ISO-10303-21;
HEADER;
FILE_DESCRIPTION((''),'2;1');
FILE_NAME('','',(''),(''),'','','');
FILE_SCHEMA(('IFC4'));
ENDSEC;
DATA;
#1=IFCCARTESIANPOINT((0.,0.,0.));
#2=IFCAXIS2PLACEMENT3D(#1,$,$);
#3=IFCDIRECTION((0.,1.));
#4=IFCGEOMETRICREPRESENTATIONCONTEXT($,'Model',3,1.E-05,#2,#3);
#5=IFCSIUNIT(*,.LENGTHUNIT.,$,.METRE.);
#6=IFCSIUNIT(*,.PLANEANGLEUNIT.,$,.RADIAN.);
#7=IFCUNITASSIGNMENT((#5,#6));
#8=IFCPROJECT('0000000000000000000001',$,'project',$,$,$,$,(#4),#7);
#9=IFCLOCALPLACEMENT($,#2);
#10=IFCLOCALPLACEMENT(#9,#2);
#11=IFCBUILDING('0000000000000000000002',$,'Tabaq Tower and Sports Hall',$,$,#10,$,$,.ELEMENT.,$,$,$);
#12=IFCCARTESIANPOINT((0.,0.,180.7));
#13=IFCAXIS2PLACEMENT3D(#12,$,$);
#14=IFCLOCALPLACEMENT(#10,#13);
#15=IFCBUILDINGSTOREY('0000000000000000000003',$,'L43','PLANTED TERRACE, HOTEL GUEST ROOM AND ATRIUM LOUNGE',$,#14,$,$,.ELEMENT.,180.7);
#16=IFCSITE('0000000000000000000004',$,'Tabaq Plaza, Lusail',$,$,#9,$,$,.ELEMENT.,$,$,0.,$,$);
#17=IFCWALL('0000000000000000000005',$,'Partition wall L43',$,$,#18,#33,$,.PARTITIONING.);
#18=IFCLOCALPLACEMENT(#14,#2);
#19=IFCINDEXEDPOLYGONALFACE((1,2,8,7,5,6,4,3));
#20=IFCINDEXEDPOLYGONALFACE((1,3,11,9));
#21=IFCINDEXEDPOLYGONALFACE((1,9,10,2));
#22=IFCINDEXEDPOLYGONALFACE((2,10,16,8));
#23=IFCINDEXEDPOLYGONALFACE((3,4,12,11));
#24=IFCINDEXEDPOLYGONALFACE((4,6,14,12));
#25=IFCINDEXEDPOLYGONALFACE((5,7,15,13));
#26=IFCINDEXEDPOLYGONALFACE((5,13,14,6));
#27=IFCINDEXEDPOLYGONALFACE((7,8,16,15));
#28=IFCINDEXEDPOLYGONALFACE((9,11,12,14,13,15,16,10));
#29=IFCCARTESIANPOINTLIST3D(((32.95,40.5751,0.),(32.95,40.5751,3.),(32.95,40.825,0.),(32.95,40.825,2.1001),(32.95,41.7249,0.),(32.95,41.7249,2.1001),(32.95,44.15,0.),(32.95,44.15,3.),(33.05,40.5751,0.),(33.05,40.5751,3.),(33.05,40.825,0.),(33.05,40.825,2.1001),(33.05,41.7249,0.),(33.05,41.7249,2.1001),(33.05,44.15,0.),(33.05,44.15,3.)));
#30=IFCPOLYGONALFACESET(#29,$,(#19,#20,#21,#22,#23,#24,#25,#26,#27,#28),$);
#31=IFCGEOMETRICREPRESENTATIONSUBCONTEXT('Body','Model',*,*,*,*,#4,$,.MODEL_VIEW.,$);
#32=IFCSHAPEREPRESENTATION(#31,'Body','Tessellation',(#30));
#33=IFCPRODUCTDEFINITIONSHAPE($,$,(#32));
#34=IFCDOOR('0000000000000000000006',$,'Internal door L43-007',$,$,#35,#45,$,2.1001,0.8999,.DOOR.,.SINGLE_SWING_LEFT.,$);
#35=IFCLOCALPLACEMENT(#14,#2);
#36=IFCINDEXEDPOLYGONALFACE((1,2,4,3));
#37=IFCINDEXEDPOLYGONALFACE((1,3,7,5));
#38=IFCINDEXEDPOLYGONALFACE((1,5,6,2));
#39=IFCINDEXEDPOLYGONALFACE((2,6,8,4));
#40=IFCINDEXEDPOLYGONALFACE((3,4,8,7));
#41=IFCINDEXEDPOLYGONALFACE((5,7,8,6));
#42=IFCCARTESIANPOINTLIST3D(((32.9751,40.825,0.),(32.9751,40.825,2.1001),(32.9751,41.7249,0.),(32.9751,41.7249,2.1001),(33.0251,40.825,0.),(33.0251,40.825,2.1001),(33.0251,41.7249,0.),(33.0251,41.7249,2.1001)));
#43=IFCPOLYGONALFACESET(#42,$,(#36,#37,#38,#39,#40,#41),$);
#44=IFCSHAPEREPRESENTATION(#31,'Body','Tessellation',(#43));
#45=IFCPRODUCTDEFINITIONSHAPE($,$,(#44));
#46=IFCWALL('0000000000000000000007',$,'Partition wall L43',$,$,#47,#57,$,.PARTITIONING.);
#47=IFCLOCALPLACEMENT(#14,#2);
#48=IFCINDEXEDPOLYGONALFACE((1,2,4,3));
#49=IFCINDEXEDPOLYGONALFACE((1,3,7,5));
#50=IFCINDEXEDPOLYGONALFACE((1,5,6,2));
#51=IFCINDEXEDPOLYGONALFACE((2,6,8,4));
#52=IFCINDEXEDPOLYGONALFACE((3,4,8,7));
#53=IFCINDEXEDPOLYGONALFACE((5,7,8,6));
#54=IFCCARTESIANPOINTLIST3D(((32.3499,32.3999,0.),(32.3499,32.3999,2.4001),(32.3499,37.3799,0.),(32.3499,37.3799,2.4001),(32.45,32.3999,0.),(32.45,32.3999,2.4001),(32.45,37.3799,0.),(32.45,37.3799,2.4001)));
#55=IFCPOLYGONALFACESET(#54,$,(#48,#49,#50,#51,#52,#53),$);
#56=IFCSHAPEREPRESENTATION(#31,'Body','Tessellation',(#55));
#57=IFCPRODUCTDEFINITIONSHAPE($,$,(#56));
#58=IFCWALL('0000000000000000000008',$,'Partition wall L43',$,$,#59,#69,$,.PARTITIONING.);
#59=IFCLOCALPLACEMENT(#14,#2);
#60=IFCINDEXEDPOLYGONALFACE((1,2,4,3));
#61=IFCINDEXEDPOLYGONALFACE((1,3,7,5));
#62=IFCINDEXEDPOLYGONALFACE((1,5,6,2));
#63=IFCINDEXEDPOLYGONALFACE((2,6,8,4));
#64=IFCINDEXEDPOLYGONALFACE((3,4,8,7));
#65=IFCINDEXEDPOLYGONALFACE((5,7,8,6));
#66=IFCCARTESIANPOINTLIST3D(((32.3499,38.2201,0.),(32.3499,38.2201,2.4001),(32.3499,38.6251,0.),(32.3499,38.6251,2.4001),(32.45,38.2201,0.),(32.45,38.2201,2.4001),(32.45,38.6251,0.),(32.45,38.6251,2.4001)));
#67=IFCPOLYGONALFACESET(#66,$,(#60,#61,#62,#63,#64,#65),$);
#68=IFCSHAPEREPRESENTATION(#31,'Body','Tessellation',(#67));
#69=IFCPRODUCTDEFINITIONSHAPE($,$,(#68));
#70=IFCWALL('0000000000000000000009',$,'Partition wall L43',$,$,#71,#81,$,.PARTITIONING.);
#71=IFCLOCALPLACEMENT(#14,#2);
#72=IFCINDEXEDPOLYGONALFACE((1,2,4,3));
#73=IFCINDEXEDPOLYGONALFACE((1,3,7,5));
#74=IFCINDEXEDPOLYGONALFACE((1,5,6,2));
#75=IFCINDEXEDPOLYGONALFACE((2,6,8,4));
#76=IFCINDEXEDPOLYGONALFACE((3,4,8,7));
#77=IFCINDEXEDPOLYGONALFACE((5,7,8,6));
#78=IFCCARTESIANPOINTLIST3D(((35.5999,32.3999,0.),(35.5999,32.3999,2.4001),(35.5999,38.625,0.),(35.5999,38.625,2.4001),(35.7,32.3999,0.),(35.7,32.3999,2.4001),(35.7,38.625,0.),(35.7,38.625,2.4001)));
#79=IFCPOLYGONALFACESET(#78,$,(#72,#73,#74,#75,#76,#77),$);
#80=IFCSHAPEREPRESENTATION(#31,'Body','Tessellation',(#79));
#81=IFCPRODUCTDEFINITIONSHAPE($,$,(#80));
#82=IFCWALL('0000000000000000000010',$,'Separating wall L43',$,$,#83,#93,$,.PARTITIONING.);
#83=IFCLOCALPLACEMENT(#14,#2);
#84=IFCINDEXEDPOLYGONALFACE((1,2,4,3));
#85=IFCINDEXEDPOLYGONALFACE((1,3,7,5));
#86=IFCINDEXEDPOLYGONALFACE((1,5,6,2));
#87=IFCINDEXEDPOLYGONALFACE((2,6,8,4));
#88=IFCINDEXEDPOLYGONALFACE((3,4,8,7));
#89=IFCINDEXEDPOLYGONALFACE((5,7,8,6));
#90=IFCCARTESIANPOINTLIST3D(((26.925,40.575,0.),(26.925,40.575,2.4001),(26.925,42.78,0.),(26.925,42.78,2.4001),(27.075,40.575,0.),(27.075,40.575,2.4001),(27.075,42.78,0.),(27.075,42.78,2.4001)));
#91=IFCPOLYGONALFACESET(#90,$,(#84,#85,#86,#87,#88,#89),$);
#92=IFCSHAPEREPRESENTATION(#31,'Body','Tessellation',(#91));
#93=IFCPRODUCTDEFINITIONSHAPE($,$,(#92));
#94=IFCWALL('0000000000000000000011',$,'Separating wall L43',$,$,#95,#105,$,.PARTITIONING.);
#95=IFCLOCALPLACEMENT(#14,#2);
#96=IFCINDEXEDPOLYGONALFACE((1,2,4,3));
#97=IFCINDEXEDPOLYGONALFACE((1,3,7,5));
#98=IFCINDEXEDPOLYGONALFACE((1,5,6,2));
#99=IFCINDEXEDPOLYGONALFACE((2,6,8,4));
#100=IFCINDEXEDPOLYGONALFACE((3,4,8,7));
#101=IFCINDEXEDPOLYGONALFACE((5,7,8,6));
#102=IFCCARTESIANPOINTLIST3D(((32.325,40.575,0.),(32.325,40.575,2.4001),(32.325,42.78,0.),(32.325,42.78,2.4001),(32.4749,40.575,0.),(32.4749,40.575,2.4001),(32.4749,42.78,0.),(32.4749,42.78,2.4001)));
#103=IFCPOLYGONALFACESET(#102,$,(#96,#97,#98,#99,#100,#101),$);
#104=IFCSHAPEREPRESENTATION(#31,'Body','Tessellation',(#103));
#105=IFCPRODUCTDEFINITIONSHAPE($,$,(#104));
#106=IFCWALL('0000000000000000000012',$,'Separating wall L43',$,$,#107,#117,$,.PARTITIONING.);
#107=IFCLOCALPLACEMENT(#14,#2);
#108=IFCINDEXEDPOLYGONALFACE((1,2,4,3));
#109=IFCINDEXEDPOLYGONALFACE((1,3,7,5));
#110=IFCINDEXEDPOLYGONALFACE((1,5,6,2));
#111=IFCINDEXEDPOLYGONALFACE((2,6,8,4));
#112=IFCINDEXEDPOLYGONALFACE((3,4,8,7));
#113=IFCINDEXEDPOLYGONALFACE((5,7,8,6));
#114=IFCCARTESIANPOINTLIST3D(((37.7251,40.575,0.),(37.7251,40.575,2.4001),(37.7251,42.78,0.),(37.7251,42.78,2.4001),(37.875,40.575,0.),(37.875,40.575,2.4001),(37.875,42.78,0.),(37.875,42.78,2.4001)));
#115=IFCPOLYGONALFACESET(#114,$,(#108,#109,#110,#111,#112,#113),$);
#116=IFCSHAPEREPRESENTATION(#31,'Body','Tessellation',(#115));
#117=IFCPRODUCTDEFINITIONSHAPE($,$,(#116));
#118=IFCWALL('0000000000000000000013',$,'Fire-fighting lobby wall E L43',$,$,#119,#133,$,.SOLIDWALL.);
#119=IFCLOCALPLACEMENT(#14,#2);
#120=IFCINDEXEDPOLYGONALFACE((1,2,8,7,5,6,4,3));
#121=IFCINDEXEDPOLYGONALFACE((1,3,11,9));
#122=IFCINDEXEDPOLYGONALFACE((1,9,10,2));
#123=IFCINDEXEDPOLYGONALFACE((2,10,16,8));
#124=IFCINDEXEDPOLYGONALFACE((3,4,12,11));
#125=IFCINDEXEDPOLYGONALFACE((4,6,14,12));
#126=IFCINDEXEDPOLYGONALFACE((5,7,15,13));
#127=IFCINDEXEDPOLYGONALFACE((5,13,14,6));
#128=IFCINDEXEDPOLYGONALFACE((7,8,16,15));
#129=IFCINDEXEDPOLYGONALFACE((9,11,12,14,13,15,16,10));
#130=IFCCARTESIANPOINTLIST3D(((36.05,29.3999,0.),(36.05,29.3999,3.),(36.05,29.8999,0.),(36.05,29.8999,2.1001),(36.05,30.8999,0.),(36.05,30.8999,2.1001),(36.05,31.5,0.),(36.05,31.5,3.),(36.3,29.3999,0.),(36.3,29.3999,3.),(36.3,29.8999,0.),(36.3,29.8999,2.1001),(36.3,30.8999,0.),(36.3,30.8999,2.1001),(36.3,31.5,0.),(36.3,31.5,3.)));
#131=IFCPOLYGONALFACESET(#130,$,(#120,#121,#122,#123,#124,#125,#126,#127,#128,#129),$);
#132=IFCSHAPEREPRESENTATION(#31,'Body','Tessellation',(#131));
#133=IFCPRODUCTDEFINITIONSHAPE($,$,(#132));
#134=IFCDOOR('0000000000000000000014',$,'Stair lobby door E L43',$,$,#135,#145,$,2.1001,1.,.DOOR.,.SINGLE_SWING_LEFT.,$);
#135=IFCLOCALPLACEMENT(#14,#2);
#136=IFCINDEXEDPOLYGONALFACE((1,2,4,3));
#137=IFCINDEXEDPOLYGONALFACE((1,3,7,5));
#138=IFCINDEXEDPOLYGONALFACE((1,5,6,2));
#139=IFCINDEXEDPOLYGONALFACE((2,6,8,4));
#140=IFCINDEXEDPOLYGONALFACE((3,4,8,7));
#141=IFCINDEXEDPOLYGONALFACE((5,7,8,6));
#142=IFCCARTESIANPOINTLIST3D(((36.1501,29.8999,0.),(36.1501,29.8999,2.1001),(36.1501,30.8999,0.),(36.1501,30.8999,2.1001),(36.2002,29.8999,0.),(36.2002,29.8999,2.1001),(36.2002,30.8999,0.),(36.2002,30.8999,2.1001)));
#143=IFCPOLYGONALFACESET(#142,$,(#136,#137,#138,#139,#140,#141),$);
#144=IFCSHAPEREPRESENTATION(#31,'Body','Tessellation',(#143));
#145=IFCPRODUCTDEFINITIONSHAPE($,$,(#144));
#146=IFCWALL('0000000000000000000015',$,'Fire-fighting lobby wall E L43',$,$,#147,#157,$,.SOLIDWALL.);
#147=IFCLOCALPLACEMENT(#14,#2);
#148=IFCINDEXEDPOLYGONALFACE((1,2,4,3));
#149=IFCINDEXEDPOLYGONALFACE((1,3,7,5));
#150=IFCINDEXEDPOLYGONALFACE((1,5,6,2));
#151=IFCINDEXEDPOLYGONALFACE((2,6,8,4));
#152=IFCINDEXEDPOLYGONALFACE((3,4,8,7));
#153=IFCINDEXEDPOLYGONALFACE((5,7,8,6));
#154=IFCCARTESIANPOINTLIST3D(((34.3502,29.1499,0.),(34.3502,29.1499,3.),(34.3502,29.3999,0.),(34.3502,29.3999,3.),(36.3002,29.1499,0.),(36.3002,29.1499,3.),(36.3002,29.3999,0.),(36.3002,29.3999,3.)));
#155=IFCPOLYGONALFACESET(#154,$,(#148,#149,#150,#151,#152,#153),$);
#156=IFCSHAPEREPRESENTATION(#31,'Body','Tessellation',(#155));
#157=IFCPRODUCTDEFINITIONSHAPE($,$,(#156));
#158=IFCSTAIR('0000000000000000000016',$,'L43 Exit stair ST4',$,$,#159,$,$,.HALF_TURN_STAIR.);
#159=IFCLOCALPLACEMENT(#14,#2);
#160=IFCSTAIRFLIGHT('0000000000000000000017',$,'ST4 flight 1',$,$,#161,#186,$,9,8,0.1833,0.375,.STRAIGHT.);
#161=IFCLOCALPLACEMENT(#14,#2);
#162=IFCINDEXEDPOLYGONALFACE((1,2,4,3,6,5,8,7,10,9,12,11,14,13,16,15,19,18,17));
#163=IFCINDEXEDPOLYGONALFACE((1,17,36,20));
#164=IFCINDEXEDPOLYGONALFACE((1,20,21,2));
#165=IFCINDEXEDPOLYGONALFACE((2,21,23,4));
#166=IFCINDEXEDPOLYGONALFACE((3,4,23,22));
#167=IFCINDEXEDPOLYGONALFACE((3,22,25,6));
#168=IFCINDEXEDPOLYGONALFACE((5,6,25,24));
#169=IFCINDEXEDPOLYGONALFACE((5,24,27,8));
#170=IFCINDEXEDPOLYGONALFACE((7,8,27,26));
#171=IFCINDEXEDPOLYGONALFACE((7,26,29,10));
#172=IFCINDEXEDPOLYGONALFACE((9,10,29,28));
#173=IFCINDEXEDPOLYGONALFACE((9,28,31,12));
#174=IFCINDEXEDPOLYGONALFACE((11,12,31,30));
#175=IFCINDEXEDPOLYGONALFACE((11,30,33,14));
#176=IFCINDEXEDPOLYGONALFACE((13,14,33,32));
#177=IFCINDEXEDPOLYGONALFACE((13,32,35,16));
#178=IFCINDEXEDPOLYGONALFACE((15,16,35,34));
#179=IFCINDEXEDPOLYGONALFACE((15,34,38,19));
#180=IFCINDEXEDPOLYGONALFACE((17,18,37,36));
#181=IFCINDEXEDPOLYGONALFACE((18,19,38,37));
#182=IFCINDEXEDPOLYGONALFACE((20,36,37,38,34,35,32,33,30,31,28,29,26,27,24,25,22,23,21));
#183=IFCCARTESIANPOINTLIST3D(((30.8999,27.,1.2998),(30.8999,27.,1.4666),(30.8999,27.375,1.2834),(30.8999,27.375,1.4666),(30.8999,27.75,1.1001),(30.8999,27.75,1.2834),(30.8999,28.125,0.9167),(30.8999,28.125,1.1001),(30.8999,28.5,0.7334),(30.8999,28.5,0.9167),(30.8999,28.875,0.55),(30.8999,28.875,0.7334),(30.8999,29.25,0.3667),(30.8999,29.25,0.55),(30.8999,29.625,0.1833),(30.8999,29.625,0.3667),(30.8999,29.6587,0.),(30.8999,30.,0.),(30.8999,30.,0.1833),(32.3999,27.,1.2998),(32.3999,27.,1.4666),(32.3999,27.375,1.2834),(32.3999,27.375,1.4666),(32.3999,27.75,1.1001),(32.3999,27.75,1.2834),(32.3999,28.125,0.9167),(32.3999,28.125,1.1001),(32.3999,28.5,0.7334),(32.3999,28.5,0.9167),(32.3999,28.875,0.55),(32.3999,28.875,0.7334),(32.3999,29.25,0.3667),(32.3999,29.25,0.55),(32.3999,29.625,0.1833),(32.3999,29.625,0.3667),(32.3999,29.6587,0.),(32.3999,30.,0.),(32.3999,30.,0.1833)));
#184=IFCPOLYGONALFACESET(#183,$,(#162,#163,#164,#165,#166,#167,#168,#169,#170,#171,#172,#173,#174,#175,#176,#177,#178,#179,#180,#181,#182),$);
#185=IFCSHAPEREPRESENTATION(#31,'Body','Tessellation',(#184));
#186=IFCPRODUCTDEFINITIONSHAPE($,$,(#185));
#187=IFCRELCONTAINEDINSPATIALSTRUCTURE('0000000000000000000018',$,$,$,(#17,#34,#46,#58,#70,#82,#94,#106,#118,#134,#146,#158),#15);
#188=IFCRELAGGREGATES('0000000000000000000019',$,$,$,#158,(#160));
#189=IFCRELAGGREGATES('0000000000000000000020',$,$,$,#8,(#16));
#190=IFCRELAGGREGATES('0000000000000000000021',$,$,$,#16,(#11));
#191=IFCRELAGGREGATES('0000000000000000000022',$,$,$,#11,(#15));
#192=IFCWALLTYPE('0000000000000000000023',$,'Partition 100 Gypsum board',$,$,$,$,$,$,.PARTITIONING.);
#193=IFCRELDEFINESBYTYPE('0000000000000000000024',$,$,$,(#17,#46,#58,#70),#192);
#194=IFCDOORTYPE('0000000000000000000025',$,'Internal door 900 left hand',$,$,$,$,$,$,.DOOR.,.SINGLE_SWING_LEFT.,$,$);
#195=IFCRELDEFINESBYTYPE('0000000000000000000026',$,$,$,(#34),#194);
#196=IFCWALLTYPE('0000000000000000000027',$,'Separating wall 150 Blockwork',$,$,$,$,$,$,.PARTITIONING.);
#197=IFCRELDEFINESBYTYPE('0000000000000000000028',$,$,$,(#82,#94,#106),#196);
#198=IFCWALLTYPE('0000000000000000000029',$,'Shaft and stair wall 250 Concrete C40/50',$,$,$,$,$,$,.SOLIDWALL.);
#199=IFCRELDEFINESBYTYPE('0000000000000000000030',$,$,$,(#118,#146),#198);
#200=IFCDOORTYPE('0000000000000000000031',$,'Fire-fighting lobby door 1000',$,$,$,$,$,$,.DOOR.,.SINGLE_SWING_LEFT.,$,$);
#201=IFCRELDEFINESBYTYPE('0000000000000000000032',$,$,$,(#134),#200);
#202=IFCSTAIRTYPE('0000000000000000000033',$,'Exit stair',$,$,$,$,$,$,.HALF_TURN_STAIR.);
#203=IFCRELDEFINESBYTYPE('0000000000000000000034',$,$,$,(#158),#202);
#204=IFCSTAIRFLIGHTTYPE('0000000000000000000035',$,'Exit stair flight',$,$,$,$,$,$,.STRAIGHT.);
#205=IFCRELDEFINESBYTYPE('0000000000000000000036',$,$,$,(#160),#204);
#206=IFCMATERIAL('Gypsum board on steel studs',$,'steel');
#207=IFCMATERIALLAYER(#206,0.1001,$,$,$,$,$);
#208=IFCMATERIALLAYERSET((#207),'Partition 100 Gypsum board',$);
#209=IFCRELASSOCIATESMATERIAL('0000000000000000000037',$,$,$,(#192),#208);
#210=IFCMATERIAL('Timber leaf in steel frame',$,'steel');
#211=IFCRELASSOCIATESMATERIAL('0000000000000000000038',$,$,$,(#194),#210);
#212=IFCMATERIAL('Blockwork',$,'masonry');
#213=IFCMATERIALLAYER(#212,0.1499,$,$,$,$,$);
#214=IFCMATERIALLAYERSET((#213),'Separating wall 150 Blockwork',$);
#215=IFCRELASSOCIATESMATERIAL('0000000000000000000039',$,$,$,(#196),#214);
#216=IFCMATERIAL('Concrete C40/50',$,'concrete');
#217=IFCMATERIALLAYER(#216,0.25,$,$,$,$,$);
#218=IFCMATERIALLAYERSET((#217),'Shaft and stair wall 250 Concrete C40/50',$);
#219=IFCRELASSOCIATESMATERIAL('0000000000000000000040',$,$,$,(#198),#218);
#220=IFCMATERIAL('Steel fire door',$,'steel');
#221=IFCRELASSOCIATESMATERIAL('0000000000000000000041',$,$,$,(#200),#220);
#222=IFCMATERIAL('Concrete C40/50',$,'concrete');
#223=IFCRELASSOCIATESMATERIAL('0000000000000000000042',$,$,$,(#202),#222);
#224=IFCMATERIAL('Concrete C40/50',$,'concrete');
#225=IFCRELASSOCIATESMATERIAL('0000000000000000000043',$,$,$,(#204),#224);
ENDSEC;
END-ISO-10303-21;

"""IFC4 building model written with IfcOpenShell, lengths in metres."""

from ifc_helpers import new_model, si_unit, direction, frame, frame_2d, origin, place, context, subcontext, project, spatial, polyline, rectangle, outline, extrude, material, layer, layer_set, type_object, element, fill, aggregate, save


model = new_model("IFC4")

# Units and contexts
model_context = context("Model", 3, precision=1e-05, world=origin(), true_north=direction((0.0, 1.0)))
body_context = subcontext(model_context, "Body", "Model", "MODEL_VIEW")
ifc_project = project(units=[si_unit("LENGTHUNIT", "METRE"), si_unit("PLANEANGLEUNIT", "RADIAN")], contexts=[model_context])

# Site, building, storey
site_placement = place(None, origin())
site = spatial("IfcSite", under=ifc_project, at=site_placement, Name="Tabaq Plaza, Lusail", CompositionType="ELEMENT", RefElevation=0.0)
building_placement = place(site_placement, origin())
building = spatial("IfcBuilding", under=site, at=building_placement, Name="Tabaq Tower and Sports Hall", CompositionType="ELEMENT")
storey_placement = place(building_placement, frame((0.0, 0.0, 180.7)))
storey = spatial("IfcBuildingStorey", under=building, at=storey_placement, Name="L43", Description="PLANTED TERRACE, HOTEL GUEST ROOM AND ATRIUM LOUNGE", CompositionType="ELEMENT", Elevation=180.7)

# Wall, opening, door
ifc_material_1 = material(Name="Gypsum board on steel studs", Category="steel")
ifc_layer_1 = layer(ifc_material_1, 0.1001)
ifc_layer_set_1 = layer_set([ifc_layer_1], Name="Partition 100 Gypsum board")
wall_type_1 = type_object("IfcWallType", Name="Partition 100 Gypsum board", PredefinedType="PARTITIONING", material=ifc_layer_set_1)
ifc_material_2 = material(Name="Timber leaf in steel frame", Category="steel")
door_type_1 = type_object("IfcDoorType", Name="Internal door 900 left hand", OperationType="SINGLE_SWING_LEFT", PredefinedType="DOOR", material=ifc_material_2)
wall_1_placement = place(storey_placement, frame((33.0, 40.575, 0.0), z_axis=(0.0, 0.0, 1.0), x_axis=(0.0, 1.0, 0.0)))
wall_1 = element("IfcWall", 1, at=wall_1_placement, inside=storey, type_object=wall_type_1, Name="Partition wall L43", PredefinedType="PARTITIONING", context=body_context, shape_type="SweptSolid", body=[
    extrude(rectangle(XDim=3.575, YDim=0.1001, at=frame_2d((1.7876, 0.0))), origin(), (0.0, 0.0, 1.0), 3.0),
])
opening_1_placement = place(wall_1_placement, frame((0.25, 0.0, 0.0)))
opening_1 = element("IfcOpeningElement", 2, at=opening_1_placement, cuts=wall_1, PredefinedType="OPENING", context=body_context, shape_type="SweptSolid", body=[
    extrude(rectangle(XDim=0.8999, YDim=2.1001, at=frame_2d((0.45, 1.05))), frame((0.0, 0.05, 0.0), z_axis=(0.0, -1.0, 0.0), x_axis=(1.0, 0.0, 0.0)), (0.0, 0.0, 1.0), 0.1001),
])
door_1_placement = place(opening_1_placement, origin())
door_1 = element("IfcDoor", 3, at=door_1_placement, inside=storey, type_object=door_type_1, Name="Internal door L43-007", OperationType="SINGLE_SWING_LEFT", OverallHeight=2.1001, OverallWidth=0.8999, PredefinedType="DOOR", context=body_context, shape_type="SweptSolid", body=[
    extrude(rectangle(XDim=0.8999, YDim=2.1001, at=frame_2d((0.45, 1.05))), frame((0.0, 0.0249, 0.0), z_axis=(0.0, -1.0, 0.0), x_axis=(1.0, 0.0, 0.0)), (0.0, 0.0, 1.0), 0.05),
])
fill(opening_1, door_1)

# Walls
wall_2_placement = place(storey_placement, frame((32.3999, 32.3999, 0.0), z_axis=(0.0, 0.0, 1.0), x_axis=(0.0, 1.0, 0.0)))
element("IfcWall", 4, at=wall_2_placement, inside=storey, type_object=wall_type_1, Name="Partition wall L43", PredefinedType="PARTITIONING", context=body_context, shape_type="SweptSolid", body=[
    extrude(rectangle(XDim=4.98, YDim=0.1001, at=frame_2d((2.49, 0.0))), origin(), (0.0, 0.0, 1.0), 2.4001),
])
wall_3_placement = place(storey_placement, frame((32.3999, 38.22, 0.0), z_axis=(0.0, 0.0, 1.0), x_axis=(0.0, 1.0, 0.0)))
element("IfcWall", 5, at=wall_3_placement, inside=storey, type_object=wall_type_1, Name="Partition wall L43", PredefinedType="PARTITIONING", context=body_context, shape_type="SweptSolid", body=[
    extrude(rectangle(XDim=0.405, YDim=0.1001, at=frame_2d((0.2026, 0.0))), origin(), (0.0, 0.0, 1.0), 2.4001),
])
wall_4_placement = place(storey_placement, frame((35.6499, 38.625, 0.0), z_axis=(0.0, 0.0, 1.0), x_axis=(0.0, -1.0, 0.0)))
element("IfcWall", 6, at=wall_4_placement, inside=storey, type_object=wall_type_1, Name="Partition wall L43", PredefinedType="PARTITIONING", context=body_context, shape_type="SweptSolid", body=[
    extrude(rectangle(XDim=6.2251, YDim=0.1001, at=frame_2d((3.1125, 0.0))), origin(), (0.0, 0.0, 1.0), 2.4001),
])
ifc_material_3 = material(Name="Blockwork", Category="masonry")
ifc_layer_2 = layer(ifc_material_3, 0.1499)
ifc_layer_set_2 = layer_set([ifc_layer_2], Name="Separating wall 150 Blockwork")
wall_type_2 = type_object("IfcWallType", Name="Separating wall 150 Blockwork", PredefinedType="PARTITIONING", material=ifc_layer_set_2)
for number, where, z_axis, x_axis, name in (
    (7, (27.0, 40.575, 0.0), (0.0, 0.0, 1.0), (0.0, 1.0, 0.0), "Separating wall L43"),
    (8, (32.3999, 40.575, 0.0), (0.0, 0.0, 1.0), (0.0, 1.0, 0.0), "Separating wall L43"),
    (9, (37.8, 40.575, 0.0), (0.0, 0.0, 1.0), (0.0, 1.0, 0.0), "Separating wall L43"),
):
    element("IfcWall", number, at=place(storey_placement, frame(where, z_axis=z_axis, x_axis=x_axis)), inside=storey, type_object=wall_type_2, Name=name, PredefinedType="PARTITIONING", context=body_context, shape_type="SweptSolid", body=[
        extrude(rectangle(XDim=2.2051, YDim=0.1499, at=frame_2d((1.1025, 0.0))), origin(), (0.0, 0.0, 1.0), 2.4001),
    ])

# Wall, opening, door
ifc_material_4 = material(Name="Concrete C40/50", Category="concrete")
ifc_layer_3 = layer(ifc_material_4, 0.25)
ifc_layer_set_3 = layer_set([ifc_layer_3], Name="Shaft and stair wall 250 Concrete C40/50")
wall_type_3 = type_object("IfcWallType", Name="Shaft and stair wall 250 Concrete C40/50", PredefinedType="SOLIDWALL", material=ifc_layer_set_3)
wall_5_placement = place(storey_placement, frame((36.175, 29.3999, 0.0), z_axis=(0.0, 0.0, 1.0), x_axis=(0.0, 1.0, 0.0)))
wall_5 = element("IfcWall", 10, at=wall_5_placement, inside=storey, type_object=wall_type_3, Name="Fire-fighting lobby wall E L43", PredefinedType="SOLIDWALL", context=body_context, shape_type="SweptSolid", body=[
    extrude(rectangle(XDim=2.1001, YDim=0.25, at=frame_2d((1.05, 0.0))), origin(), (0.0, 0.0, 1.0), 3.0),
])
opening_2_placement = place(wall_5_placement, frame((0.5, 0.0, 0.0)))
opening_2 = element("IfcOpeningElement", 11, at=opening_2_placement, cuts=wall_5, PredefinedType="OPENING", context=body_context, shape_type="SweptSolid", body=[
    extrude(rectangle(XDim=1.0, YDim=2.1001, at=frame_2d((0.5, 1.05))), frame((0.0, 0.125, 0.0), z_axis=(0.0, -1.0, 0.0), x_axis=(1.0, 0.0, 0.0)), (0.0, 0.0, 1.0), 0.25),
])
ifc_material_5 = material(Name="Steel fire door", Category="steel")
door_type_2 = type_object("IfcDoorType", Name="Fire-fighting lobby door 1000", OperationType="SINGLE_SWING_LEFT", PredefinedType="DOOR", material=ifc_material_5)
door_2_placement = place(opening_2_placement, origin())
door_2 = element("IfcDoor", 12, at=door_2_placement, inside=storey, type_object=door_type_2, Name="Stair lobby door E L43", OperationType="SINGLE_SWING_LEFT", OverallHeight=2.1001, OverallWidth=1.0, PredefinedType="DOOR", context=body_context, shape_type="SweptSolid", body=[
    extrude(rectangle(XDim=1.0, YDim=2.1001, at=frame_2d((0.5, 1.05))), frame((0.0, 0.0249, 0.0), z_axis=(0.0, -1.0, 0.0), x_axis=(1.0, 0.0, 0.0)), (0.0, 0.0, 1.0), 0.05),
])
fill(opening_2, door_2)

# Wall
wall_6_placement = place(storey_placement, frame((34.3501, 29.2749, 0.0), z_axis=(0.0, 0.0, 1.0), x_axis=(1.0, 0.0, 0.0)))
element("IfcWall", 13, at=wall_6_placement, inside=storey, type_object=wall_type_3, Name="Fire-fighting lobby wall E L43", PredefinedType="SOLIDWALL", context=body_context, shape_type="SweptSolid", body=[
    extrude(rectangle(XDim=1.95, YDim=0.25, at=frame_2d((0.9751, 0.0))), origin(), (0.0, 0.0, 1.0), 3.0),
])

# Stair, stair flight
ifc_material_6 = material(Name="Concrete C40/50", Category="concrete")
stair_type = type_object("IfcStairType", Name="Exit stair", PredefinedType="HALF_TURN_STAIR", material=ifc_material_6)
stair_placement = place(storey_placement, origin())
stair = element("IfcStair", 14, at=stair_placement, inside=storey, type_object=stair_type, Name="L43 Exit stair ST4", PredefinedType="HALF_TURN_STAIR")
ifc_material_7 = material(Name="Concrete C40/50", Category="concrete")
stair_flight_type = type_object("IfcStairFlightType", Name="Exit stair flight", PredefinedType="STRAIGHT", material=ifc_material_7)
stair_flight_placement = place(storey_placement, frame((31.6499, 30.0, 0.0), z_axis=(0.0, 0.0, 1.0), x_axis=(0.0, -1.0, 0.0)))
stair_flight = element("IfcStairFlight", 15, at=stair_flight_placement, type_object=stair_flight_type, Name="ST4 flight 1", NumberOfRisers=9, NumberOfTreads=8, PredefinedType="STRAIGHT", RiserHeight=0.1833, TreadLength=0.375, context=body_context, shape_type="SweptSolid", body=[
    extrude(outline(polyline([(0.0, 0.0), (0.0, 0.1833), (0.375, 0.1833), (0.375, 0.3667), (0.75, 0.3667), (0.75, 0.55), (1.125, 0.55), (1.125, 0.7334), (1.5, 0.7334), (1.5, 0.9167), (1.875, 0.9167), (1.875, 1.1001), (2.25, 1.1001), (2.25, 1.2834), (2.625, 1.2834), (2.625, 1.4666), (3.0, 1.4666), (3.0, 1.6499), (3.0, 1.2998), (0.3413, 0.0), (0.0, 0.0)])), frame((0.0, 0.75, 0.0), z_axis=(0.0, -1.0, 0.0), x_axis=(1.0, 0.0, 0.0)), (0.0, 0.0, 1.0), 1.5),
])
aggregate(stair, [stair_flight])

save(model, "model.ifc")
